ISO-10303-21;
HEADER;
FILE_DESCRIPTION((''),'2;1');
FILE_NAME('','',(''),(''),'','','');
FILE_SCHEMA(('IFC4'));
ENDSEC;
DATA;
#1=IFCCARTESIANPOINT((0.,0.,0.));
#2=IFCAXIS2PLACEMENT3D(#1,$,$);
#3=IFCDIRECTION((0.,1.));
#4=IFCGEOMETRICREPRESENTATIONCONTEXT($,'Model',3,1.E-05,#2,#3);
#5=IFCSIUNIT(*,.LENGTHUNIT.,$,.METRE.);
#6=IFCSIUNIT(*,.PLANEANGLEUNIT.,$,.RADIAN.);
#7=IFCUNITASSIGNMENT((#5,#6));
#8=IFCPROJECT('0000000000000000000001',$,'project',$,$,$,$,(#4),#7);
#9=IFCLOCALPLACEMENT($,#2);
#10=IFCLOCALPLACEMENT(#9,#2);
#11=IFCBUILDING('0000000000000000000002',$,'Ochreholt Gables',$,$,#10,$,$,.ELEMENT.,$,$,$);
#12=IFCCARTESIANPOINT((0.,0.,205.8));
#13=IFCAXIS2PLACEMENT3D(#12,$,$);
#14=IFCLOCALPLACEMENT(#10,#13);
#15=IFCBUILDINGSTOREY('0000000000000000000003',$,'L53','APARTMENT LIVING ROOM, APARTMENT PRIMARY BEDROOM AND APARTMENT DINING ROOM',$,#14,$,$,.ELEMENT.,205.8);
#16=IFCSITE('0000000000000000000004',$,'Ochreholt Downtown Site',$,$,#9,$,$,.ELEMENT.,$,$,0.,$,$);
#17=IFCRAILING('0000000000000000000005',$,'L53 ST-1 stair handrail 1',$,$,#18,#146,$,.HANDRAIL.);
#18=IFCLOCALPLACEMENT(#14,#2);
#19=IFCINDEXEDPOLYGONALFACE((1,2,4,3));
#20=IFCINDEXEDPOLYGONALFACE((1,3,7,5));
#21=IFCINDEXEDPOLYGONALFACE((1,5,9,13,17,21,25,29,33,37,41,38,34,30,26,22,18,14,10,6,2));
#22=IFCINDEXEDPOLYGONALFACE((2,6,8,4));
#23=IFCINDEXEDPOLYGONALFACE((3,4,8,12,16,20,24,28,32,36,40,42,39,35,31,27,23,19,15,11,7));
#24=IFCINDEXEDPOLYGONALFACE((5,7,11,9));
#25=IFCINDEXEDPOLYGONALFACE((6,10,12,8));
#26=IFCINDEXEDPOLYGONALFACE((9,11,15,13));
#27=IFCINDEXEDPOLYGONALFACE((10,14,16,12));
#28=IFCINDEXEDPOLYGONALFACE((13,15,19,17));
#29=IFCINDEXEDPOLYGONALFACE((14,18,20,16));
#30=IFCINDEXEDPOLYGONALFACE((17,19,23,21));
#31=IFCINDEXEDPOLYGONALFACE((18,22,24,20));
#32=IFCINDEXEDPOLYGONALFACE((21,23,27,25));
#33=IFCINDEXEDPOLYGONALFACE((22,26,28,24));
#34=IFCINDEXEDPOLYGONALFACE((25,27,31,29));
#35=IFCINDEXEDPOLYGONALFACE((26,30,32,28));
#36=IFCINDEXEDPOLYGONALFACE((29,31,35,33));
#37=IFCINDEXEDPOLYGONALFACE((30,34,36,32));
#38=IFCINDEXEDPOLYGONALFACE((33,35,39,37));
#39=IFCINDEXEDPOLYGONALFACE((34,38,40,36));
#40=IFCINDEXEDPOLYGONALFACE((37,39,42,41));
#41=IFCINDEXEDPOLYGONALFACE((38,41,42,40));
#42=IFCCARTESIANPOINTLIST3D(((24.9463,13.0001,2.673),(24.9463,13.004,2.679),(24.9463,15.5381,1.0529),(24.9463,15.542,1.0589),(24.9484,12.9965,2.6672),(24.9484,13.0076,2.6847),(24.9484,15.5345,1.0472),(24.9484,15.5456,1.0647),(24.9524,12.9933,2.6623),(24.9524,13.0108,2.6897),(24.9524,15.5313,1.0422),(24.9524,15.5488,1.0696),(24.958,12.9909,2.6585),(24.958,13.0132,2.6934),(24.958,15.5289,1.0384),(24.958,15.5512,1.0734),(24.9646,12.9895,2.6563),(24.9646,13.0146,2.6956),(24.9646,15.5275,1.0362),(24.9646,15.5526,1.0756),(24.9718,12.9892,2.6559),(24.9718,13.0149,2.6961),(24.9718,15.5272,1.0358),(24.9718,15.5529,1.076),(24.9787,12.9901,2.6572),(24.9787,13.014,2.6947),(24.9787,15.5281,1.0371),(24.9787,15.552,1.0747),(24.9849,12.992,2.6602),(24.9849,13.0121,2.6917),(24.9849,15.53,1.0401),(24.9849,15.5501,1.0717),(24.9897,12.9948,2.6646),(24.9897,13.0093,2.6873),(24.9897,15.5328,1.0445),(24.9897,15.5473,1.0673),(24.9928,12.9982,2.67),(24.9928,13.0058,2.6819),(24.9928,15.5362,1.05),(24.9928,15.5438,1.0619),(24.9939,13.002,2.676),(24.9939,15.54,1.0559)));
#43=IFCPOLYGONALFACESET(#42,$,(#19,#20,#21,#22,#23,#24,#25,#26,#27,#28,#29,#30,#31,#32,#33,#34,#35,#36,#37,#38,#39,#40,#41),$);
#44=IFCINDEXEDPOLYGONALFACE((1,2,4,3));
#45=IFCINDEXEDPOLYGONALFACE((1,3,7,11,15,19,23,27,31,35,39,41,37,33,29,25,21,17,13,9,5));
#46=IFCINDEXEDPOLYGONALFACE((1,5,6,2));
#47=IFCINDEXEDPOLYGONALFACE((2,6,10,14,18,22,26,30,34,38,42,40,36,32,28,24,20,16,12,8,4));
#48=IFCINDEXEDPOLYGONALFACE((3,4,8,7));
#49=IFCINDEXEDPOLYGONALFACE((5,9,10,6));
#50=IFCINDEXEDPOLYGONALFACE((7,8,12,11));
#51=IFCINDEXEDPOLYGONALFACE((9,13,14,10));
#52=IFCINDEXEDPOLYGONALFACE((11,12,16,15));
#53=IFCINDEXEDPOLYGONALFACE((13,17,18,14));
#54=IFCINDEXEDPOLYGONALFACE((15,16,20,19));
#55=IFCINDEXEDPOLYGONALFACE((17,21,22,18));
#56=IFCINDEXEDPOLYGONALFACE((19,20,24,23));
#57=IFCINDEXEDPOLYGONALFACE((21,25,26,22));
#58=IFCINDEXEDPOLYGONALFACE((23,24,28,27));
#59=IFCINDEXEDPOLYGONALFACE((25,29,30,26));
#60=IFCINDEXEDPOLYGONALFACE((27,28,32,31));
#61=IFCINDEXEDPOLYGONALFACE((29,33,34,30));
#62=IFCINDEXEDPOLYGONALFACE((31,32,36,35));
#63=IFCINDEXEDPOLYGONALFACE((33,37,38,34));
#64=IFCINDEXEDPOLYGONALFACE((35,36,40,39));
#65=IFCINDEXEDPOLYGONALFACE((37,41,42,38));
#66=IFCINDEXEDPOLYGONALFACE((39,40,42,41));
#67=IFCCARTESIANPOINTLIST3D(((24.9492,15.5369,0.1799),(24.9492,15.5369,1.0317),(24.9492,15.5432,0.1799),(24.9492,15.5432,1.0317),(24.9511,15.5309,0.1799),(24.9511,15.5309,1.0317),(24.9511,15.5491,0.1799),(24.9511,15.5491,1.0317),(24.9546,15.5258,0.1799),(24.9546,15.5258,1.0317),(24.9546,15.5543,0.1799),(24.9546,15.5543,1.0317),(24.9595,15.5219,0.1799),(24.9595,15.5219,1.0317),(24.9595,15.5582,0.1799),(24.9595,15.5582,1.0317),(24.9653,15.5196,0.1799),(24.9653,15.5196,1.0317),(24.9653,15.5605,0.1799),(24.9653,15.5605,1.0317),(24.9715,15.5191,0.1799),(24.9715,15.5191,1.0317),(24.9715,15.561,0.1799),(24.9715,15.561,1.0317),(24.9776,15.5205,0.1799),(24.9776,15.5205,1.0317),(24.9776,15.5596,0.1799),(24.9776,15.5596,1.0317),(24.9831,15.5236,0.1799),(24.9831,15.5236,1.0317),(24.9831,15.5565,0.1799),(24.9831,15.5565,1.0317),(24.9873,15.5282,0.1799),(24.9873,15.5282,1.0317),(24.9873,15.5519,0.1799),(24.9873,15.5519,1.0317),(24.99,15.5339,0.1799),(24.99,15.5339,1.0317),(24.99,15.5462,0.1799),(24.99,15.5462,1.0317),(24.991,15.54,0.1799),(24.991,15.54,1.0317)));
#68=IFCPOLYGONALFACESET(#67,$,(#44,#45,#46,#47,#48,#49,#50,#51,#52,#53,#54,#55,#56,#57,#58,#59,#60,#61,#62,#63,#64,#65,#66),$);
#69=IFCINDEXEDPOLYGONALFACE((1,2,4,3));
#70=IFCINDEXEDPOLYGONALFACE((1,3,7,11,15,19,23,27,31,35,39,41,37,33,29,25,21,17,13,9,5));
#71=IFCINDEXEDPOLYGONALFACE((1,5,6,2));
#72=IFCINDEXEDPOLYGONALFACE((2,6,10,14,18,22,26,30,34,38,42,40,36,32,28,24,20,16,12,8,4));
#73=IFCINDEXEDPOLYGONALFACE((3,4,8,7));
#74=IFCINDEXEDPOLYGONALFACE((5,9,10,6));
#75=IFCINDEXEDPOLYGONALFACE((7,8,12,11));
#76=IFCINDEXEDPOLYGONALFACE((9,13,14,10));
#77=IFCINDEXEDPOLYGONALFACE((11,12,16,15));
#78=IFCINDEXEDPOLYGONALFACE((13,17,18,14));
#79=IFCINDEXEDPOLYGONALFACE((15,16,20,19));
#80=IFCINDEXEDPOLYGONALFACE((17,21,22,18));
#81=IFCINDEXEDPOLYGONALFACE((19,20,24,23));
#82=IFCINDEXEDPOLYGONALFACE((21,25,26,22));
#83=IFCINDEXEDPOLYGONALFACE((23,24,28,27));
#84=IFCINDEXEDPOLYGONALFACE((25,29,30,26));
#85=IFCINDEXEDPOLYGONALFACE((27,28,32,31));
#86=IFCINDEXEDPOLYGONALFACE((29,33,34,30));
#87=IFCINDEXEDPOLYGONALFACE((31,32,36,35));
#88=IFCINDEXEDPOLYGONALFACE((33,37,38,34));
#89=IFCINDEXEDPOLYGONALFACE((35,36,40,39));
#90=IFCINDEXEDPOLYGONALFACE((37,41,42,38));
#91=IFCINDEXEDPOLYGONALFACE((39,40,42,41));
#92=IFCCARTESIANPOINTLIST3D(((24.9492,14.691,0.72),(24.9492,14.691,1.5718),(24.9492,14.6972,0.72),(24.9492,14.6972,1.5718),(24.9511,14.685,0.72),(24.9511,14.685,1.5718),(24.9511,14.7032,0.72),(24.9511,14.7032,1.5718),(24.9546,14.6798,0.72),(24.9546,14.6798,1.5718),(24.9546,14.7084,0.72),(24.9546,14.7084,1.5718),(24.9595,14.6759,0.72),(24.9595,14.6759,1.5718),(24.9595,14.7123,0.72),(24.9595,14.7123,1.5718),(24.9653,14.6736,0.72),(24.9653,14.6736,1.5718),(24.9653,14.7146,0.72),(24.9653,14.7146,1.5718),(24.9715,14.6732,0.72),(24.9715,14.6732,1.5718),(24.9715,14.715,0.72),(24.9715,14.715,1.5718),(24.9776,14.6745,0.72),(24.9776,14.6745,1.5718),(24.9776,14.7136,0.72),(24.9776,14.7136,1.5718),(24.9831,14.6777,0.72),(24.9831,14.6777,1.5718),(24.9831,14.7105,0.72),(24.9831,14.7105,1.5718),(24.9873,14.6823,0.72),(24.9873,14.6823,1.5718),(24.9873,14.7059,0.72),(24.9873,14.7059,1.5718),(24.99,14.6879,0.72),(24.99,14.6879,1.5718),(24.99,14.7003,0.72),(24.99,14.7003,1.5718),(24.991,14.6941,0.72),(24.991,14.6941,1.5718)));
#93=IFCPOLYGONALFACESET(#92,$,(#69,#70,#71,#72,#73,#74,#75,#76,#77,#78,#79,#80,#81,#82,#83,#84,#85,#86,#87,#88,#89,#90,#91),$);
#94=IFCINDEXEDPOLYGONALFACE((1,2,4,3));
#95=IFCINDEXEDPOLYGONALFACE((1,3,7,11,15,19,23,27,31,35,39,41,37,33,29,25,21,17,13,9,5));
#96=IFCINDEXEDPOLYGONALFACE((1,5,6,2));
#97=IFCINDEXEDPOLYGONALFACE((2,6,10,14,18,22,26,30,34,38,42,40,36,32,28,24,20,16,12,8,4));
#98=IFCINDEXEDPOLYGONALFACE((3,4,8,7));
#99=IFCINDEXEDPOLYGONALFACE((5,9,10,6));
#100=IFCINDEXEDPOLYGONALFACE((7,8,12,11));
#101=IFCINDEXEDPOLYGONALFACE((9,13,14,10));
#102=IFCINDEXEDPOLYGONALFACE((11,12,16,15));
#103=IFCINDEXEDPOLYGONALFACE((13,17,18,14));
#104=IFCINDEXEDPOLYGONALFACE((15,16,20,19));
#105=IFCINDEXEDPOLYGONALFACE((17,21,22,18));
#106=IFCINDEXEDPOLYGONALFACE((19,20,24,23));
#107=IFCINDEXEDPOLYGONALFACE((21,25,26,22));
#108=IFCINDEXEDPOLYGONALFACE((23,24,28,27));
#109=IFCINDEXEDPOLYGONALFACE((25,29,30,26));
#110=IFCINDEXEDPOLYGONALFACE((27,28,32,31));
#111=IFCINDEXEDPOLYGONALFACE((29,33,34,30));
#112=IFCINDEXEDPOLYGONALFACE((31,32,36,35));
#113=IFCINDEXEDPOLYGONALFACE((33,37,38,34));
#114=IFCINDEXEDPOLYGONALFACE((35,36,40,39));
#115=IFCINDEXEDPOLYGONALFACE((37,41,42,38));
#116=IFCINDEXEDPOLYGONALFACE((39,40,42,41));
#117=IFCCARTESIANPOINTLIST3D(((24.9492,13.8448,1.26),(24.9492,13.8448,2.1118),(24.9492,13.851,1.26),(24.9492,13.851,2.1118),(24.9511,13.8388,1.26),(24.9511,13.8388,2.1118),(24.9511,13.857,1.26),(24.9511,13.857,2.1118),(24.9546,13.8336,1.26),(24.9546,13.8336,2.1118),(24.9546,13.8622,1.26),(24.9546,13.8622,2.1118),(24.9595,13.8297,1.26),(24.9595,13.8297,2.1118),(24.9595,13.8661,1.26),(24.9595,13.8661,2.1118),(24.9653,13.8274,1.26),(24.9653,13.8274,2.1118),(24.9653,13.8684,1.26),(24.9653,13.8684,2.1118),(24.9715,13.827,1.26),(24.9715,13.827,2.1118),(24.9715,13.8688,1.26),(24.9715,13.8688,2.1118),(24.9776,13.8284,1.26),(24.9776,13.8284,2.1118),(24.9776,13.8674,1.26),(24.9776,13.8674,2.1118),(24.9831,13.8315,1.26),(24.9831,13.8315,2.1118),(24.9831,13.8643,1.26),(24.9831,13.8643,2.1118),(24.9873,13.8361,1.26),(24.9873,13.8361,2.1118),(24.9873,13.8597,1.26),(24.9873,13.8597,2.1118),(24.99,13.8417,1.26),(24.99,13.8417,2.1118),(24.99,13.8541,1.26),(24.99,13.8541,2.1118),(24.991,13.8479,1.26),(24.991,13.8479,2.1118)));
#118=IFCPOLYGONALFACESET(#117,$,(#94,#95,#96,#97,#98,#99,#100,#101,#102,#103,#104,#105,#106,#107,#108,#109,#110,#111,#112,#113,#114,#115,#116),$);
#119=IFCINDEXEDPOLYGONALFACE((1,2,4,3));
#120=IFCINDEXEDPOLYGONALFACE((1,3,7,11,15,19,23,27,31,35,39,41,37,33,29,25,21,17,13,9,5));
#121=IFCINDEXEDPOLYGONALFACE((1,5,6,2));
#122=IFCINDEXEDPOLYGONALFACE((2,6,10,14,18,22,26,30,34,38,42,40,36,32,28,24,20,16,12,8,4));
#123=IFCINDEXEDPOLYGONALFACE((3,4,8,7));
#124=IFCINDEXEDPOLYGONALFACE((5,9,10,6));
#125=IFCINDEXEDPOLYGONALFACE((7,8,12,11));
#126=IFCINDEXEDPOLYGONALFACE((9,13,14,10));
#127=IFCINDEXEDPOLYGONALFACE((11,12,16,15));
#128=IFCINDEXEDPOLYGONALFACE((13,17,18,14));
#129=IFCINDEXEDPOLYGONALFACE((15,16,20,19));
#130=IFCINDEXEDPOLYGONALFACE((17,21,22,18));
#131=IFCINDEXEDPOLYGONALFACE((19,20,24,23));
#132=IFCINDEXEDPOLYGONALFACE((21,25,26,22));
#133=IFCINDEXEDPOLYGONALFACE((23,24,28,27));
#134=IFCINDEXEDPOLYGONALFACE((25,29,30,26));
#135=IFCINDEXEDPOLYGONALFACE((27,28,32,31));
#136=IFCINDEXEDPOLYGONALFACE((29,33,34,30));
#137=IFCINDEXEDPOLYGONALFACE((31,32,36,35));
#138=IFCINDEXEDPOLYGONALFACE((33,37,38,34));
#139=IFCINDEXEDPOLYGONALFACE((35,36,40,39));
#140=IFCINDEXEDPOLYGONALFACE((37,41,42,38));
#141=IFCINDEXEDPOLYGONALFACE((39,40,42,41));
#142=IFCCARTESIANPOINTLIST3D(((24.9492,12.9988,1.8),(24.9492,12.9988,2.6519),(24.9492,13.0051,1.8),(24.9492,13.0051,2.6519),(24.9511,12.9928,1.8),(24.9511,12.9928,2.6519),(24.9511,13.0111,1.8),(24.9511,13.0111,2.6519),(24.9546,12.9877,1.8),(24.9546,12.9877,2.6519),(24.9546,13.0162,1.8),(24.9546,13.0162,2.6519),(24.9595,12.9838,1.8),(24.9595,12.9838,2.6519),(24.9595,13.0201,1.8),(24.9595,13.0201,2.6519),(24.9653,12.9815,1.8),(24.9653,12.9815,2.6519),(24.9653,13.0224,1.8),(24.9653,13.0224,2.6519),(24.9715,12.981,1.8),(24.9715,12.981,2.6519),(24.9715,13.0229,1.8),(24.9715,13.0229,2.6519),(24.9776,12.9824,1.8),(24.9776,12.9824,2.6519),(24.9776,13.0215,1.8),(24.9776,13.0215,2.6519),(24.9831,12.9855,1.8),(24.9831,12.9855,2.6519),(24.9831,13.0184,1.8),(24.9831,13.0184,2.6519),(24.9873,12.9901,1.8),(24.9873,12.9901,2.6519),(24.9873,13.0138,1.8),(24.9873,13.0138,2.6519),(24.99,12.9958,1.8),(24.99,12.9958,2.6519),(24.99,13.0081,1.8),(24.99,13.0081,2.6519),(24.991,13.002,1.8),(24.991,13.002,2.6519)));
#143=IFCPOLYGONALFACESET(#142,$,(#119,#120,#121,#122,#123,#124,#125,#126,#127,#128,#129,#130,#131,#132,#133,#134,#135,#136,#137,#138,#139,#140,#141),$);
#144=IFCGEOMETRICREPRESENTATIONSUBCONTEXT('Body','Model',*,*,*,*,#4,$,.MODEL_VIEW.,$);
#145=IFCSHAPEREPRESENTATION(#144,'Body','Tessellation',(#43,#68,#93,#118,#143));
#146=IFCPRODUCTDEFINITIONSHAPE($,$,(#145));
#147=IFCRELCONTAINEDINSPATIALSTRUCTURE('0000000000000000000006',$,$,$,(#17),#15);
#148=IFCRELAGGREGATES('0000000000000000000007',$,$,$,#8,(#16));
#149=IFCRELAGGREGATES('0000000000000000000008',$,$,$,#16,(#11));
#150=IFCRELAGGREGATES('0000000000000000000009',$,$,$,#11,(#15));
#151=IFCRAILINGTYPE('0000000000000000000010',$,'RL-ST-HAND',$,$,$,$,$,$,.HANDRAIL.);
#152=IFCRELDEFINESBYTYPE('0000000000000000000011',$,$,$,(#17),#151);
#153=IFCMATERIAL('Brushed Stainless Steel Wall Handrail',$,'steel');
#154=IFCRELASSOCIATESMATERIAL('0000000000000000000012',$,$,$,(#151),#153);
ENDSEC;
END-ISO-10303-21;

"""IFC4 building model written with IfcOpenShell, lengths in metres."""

from ifc_helpers import new_model, si_unit, direction, frame, origin, origin_2d, place, context, subcontext, project, spatial, circle, extrude, material, type_object, element, save


model = new_model("IFC4")

# Units and contexts
model_context = context("Model", 3, precision=1e-05, world=origin(), true_north=direction((0.0, 1.0)))
body_context = subcontext(model_context, "Body", "Model", "MODEL_VIEW")
ifc_project = project(units=[si_unit("LENGTHUNIT", "METRE"), si_unit("PLANEANGLEUNIT", "RADIAN")], contexts=[model_context])

# Site, building, storey
site_placement = place(None, origin())
site = spatial("IfcSite", under=ifc_project, at=site_placement, Name="Ochreholt Downtown Site", CompositionType="ELEMENT", RefElevation=0.0)
building_placement = place(site_placement, origin())
building = spatial("IfcBuilding", under=site, at=building_placement, Name="Ochreholt Gables", CompositionType="ELEMENT")
storey_placement = place(building_placement, frame((0.0, 0.0, 205.8)))
storey = spatial("IfcBuildingStorey", under=building, at=storey_placement, Name="L53", Description="APARTMENT LIVING ROOM, APARTMENT PRIMARY BEDROOM AND APARTMENT DINING ROOM", CompositionType="ELEMENT", Elevation=205.8)

# Railing
ifc_material_1 = material(Name="Brushed Stainless Steel Wall Handrail", Category="steel")
railing_type_1 = type_object("IfcRailingType", Name="RL-ST-HAND", PredefinedType="HANDRAIL", material=ifc_material_1)
railing_1_placement = place(storey_placement, frame((24.97, 15.54, 0.1799)))
element("IfcRailing", 1, at=railing_1_placement, inside=storey, type_object=railing_type_1, Name="L53 ST-1 stair handrail 1", PredefinedType="HANDRAIL", context=body_context, shape_type="SweptSolid", body=[
    extrude(circle(Radius=0.0239, at=origin_2d()), frame((0.0, 0.0, 0.876), z_axis=(0.0, -0.842913, 0.53805), x_axis=(1.0, 0.0, 0.0)), (0.0, 0.0, 1.0), 3.011),
    extrude(circle(Radius=0.021, at=origin_2d()), origin(), (0.0, 0.0, 1.0), 0.8518),
    extrude(circle(Radius=0.021, at=origin_2d()), frame((0.0, -0.8459, 0.54)), (0.0, 0.0, 1.0), 0.8518),
    extrude(circle(Radius=0.021, at=origin_2d()), frame((0.0, -1.6921, 1.0801)), (0.0, 0.0, 1.0), 0.8518),
    extrude(circle(Radius=0.021, at=origin_2d()), frame((0.0, -2.5381, 1.6201)), (0.0, 0.0, 1.0), 0.8518),
])

save(model, "model.ifc")
